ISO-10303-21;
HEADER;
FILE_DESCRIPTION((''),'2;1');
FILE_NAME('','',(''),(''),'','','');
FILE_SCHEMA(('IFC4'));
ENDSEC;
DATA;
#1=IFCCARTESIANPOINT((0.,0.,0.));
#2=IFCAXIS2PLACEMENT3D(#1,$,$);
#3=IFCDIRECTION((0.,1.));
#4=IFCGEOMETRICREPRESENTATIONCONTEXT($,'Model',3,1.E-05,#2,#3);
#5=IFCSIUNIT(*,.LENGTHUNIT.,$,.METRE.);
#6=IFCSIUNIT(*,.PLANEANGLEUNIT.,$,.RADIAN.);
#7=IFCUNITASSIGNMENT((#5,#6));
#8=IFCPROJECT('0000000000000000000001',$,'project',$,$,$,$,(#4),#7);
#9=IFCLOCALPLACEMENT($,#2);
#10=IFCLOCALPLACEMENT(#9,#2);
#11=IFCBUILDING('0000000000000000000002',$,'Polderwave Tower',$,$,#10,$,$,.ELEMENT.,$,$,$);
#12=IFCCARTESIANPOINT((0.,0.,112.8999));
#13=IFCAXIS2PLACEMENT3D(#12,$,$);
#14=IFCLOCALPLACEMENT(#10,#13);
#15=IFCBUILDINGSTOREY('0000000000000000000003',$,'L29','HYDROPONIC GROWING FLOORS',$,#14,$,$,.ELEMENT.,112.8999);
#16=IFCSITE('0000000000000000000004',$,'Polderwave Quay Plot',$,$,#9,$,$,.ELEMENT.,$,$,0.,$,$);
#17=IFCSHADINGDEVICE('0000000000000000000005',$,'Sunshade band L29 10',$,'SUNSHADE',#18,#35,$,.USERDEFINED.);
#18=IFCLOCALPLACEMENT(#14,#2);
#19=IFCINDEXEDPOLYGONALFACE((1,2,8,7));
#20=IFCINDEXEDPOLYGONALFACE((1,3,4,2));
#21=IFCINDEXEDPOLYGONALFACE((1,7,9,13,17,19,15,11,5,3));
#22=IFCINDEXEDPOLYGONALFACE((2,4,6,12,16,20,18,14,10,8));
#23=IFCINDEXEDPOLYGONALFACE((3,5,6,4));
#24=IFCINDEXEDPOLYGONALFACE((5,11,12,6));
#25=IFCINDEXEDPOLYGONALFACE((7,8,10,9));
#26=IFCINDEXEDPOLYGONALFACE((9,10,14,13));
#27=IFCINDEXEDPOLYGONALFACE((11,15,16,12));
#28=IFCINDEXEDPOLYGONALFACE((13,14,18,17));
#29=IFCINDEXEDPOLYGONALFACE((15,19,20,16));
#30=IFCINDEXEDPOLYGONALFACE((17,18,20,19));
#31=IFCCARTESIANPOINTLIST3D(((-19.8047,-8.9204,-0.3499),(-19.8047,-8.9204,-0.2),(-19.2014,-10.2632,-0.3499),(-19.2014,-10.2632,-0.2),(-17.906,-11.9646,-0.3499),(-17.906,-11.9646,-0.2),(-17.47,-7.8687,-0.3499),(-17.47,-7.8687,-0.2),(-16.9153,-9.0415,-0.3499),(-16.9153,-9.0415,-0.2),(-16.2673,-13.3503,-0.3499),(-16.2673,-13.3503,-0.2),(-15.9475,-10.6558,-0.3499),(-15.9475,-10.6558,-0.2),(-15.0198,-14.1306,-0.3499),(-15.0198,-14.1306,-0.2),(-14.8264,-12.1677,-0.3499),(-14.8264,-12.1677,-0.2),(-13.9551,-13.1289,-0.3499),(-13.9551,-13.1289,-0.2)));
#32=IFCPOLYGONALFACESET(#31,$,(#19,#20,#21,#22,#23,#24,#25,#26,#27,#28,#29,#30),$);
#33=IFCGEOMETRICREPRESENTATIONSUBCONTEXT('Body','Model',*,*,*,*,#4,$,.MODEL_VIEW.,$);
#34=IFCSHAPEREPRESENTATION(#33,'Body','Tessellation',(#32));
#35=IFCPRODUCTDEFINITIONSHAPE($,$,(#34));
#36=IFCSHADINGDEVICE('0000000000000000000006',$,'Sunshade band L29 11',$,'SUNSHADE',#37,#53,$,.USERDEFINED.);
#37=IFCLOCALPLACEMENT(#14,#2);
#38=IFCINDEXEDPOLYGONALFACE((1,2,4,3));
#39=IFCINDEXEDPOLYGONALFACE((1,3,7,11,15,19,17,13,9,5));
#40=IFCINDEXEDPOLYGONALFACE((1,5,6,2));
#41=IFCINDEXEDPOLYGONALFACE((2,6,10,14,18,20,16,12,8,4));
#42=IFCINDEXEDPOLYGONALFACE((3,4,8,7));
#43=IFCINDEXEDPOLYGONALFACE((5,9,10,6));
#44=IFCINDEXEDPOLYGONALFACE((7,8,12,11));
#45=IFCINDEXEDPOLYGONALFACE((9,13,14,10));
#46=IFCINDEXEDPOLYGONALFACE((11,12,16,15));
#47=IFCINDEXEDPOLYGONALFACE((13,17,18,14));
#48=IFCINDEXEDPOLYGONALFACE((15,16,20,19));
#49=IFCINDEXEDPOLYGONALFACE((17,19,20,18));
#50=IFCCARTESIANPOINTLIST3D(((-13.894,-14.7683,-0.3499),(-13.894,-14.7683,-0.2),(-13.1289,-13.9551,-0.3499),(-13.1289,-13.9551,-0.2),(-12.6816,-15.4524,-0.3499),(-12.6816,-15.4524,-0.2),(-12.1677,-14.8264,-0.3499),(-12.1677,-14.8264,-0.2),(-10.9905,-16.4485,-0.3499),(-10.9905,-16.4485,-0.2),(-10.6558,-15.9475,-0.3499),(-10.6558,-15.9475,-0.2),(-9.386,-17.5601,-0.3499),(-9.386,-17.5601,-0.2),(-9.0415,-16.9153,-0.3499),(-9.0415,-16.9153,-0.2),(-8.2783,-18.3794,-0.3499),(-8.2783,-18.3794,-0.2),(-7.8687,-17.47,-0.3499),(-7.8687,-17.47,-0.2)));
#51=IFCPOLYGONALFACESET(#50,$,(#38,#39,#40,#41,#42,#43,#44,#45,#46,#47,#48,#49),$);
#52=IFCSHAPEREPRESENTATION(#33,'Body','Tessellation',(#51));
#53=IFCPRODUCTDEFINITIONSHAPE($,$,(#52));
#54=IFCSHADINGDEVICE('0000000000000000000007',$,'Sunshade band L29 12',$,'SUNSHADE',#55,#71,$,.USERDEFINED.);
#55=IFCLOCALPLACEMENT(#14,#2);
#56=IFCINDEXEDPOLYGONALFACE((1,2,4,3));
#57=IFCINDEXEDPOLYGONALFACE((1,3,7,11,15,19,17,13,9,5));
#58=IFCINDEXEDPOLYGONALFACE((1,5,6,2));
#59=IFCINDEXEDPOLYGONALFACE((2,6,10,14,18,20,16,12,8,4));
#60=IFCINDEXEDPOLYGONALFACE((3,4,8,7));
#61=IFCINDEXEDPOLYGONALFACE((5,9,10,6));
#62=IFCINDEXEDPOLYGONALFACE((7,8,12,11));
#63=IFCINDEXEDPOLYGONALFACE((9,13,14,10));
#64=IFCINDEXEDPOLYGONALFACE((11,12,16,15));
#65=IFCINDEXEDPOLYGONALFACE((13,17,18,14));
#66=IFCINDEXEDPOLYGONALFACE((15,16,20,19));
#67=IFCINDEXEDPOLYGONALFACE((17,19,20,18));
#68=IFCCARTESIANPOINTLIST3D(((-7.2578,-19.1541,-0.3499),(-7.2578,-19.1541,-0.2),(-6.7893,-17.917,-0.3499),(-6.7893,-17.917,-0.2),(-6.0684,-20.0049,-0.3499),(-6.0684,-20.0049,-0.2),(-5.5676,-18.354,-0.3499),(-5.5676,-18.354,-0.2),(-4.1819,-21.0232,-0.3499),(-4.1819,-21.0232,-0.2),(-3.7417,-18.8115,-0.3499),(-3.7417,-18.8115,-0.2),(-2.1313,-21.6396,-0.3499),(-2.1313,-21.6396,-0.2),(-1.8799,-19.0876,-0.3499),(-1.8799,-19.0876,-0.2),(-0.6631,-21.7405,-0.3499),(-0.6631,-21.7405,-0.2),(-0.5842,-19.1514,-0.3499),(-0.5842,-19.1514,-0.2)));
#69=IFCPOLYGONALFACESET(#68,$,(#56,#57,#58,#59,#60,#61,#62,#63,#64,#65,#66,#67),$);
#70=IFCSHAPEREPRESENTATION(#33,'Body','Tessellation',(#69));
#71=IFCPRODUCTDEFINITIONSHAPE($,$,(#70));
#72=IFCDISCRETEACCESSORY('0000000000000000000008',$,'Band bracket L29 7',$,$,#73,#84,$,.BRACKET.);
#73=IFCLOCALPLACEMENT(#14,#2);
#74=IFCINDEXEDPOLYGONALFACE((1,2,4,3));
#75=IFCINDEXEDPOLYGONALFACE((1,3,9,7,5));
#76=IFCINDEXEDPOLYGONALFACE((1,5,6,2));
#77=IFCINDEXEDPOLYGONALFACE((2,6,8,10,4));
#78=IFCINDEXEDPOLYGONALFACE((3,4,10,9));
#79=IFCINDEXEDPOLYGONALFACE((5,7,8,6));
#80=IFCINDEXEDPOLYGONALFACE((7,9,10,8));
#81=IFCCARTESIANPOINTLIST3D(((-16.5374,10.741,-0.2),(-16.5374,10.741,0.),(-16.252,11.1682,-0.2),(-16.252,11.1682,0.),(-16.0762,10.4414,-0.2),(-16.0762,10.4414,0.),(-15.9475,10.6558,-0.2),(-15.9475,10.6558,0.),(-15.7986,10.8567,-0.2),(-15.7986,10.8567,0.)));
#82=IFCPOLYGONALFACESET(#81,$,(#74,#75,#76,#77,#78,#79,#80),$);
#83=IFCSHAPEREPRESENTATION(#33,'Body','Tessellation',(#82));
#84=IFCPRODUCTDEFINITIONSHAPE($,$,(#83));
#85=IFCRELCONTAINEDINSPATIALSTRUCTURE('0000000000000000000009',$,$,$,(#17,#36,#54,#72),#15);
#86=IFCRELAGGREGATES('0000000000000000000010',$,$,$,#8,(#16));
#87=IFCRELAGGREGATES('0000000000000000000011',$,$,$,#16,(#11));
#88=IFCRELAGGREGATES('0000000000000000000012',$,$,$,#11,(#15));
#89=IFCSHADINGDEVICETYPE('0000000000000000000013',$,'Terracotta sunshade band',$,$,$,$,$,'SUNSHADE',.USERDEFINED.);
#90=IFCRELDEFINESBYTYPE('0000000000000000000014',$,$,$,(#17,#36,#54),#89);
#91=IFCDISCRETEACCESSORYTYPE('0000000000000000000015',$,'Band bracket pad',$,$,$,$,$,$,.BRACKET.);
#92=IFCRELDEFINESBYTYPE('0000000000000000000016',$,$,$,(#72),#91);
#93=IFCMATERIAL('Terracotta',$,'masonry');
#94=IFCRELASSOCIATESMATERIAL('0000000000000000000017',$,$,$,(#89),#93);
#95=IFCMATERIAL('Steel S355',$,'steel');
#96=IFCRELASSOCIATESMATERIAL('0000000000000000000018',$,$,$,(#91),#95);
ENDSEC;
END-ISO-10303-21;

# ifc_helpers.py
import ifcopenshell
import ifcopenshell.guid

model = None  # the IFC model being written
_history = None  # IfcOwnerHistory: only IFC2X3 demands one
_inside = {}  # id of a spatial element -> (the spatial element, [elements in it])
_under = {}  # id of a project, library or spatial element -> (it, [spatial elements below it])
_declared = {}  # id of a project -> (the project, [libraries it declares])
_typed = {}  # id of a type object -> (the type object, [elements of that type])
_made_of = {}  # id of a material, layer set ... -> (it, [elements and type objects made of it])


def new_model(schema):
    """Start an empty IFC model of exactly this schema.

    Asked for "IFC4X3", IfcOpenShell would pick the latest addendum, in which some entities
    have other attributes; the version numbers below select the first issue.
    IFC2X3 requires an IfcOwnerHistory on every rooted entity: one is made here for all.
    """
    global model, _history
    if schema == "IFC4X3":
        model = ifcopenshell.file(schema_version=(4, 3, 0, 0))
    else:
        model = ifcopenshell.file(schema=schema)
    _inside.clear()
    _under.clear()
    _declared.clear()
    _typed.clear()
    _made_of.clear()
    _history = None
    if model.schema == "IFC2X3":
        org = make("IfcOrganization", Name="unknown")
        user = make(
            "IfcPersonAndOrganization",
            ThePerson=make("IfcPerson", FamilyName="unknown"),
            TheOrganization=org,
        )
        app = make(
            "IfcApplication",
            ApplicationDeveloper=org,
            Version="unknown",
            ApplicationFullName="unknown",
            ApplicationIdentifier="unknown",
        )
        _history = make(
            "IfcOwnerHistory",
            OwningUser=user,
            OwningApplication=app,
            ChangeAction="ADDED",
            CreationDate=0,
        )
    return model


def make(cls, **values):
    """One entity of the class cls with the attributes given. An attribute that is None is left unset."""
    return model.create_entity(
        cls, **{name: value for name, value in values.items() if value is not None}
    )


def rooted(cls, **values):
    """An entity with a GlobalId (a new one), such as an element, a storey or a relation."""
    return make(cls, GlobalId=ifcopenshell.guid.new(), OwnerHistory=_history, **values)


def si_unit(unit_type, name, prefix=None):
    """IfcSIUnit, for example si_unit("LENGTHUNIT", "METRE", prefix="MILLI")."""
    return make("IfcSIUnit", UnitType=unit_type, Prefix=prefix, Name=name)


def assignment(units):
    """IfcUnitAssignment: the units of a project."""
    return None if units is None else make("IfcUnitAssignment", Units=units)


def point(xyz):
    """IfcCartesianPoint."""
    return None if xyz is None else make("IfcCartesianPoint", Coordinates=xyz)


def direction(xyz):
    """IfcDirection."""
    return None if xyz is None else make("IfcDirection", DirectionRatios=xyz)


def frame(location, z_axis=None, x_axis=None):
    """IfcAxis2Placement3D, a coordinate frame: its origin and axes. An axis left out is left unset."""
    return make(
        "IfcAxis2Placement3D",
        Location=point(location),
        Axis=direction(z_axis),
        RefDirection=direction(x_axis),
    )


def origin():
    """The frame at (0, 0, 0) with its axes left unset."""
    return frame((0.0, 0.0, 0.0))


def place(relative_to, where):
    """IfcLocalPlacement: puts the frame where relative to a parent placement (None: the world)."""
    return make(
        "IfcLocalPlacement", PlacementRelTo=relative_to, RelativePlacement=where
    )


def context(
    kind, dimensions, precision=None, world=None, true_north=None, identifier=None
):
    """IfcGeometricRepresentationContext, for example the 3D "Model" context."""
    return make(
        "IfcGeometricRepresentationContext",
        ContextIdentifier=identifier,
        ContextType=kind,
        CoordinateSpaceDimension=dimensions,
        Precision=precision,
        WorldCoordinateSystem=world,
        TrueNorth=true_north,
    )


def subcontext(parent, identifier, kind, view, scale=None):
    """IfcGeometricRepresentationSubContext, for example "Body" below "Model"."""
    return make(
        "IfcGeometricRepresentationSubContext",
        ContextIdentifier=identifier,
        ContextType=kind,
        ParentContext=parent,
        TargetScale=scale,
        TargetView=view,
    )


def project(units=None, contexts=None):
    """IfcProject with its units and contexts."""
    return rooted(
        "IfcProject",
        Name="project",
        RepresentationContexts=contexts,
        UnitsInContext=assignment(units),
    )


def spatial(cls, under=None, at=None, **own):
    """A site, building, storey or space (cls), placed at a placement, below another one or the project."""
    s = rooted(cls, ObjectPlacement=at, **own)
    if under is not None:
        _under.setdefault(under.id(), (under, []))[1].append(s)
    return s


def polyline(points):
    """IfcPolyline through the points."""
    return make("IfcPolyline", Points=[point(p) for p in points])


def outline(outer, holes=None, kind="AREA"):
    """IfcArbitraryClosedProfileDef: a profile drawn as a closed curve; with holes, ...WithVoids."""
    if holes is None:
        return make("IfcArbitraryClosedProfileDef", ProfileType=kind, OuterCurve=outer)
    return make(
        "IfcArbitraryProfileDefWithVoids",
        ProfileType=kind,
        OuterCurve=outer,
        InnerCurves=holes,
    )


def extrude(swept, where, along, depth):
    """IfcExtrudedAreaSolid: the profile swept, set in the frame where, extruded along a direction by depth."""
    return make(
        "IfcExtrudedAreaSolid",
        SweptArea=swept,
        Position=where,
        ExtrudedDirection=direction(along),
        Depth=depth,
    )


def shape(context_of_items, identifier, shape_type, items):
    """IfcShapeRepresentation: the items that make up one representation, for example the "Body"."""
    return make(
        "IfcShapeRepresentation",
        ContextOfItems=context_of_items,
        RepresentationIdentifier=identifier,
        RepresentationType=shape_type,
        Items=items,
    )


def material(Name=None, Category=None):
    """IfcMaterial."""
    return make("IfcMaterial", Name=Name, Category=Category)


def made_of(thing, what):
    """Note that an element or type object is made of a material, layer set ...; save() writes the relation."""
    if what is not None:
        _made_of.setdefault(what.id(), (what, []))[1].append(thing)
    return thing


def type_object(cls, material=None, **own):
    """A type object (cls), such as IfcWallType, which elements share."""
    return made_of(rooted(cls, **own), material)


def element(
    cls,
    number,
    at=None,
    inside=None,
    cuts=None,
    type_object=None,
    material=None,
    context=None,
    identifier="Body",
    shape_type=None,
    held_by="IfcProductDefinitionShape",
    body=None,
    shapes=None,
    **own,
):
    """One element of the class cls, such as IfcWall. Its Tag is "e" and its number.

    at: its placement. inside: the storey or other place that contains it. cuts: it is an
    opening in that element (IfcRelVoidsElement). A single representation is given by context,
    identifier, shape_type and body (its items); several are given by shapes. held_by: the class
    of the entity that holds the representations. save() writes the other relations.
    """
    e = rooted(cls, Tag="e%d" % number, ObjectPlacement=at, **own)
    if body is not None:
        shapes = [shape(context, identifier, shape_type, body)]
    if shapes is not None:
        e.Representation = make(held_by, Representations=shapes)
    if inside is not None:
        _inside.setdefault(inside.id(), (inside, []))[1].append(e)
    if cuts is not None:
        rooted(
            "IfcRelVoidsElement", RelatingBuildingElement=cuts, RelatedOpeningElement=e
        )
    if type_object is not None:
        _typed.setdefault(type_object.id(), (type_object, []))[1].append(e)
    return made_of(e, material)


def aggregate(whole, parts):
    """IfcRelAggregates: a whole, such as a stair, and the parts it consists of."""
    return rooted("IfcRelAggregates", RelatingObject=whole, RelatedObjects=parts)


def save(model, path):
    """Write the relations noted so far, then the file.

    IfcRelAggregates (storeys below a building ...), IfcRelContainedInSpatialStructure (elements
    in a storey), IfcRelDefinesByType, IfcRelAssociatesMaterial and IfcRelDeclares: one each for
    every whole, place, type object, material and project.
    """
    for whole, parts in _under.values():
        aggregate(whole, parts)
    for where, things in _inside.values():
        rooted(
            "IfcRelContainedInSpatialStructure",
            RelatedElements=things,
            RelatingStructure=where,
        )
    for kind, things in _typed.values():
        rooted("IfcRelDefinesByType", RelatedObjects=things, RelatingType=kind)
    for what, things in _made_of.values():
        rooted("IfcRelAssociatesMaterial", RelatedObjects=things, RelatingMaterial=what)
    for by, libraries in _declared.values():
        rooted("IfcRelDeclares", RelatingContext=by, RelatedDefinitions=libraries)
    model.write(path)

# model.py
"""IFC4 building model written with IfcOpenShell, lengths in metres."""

from ifc_helpers import new_model, si_unit, direction, frame, origin, place, context, subcontext, project, spatial, polyline, outline, extrude, material, type_object, element, save


model = new_model("IFC4")

# Units and contexts
model_context = context("Model", 3, precision=1e-05, world=origin(), true_north=direction((0.0, 1.0)))
body_context = subcontext(model_context, "Body", "Model", "MODEL_VIEW")
ifc_project = project(units=[si_unit("LENGTHUNIT", "METRE"), si_unit("PLANEANGLEUNIT", "RADIAN")], contexts=[model_context])

# Site, building, storey
site_placement = place(None, origin())
site = spatial("IfcSite", under=ifc_project, at=site_placement, Name="Polderwave Quay Plot", CompositionType="ELEMENT", RefElevation=0.0)
building_placement = place(site_placement, origin())
building = spatial("IfcBuilding", under=site, at=building_placement, Name="Polderwave Tower", CompositionType="ELEMENT")
storey_placement = place(building_placement, frame((0.0, 0.0, 112.8999)))
storey = spatial("IfcBuildingStorey", under=building, at=storey_placement, Name="L29", Description="HYDROPONIC GROWING FLOORS", CompositionType="ELEMENT", Elevation=112.8999)

# Shading devices
ifc_material_1 = material(Name="Terracotta", Category="masonry")
shading_device_type = type_object("IfcShadingDeviceType", Name="Terracotta sunshade band", ElementType="SUNSHADE", PredefinedType="USERDEFINED", material=ifc_material_1)
shading_device_1_placement = place(storey_placement, frame((0.0, 0.0, -0.3499)))
element("IfcShadingDevice", 1, at=shading_device_1_placement, inside=storey, type_object=shading_device_type, Name="Sunshade band L29 10", ObjectType="SUNSHADE", PredefinedType="USERDEFINED", context=body_context, shape_type="SweptSolid", body=[
    extrude(outline(polyline([(-17.47, -7.8687), (-16.9153, -9.0415), (-15.9475, -10.6558), (-14.8264, -12.1677), (-13.9551, -13.1289), (-15.0198, -14.1306), (-16.2673, -13.3503), (-17.906, -11.9646), (-19.2014, -10.2632), (-19.8047, -8.9204), (-17.47, -7.8687)])), origin(), (0.0, 0.0, 1.0), 0.1499),
])
shading_device_2_placement = place(storey_placement, frame((0.0, 0.0, -0.3499)))
element("IfcShadingDevice", 2, at=shading_device_2_placement, inside=storey, type_object=shading_device_type, Name="Sunshade band L29 11", ObjectType="SUNSHADE", PredefinedType="USERDEFINED", context=body_context, shape_type="SweptSolid", body=[
    extrude(outline(polyline([(-13.1289, -13.9551), (-12.1677, -14.8264), (-10.6558, -15.9475), (-9.0415, -16.9153), (-7.8687, -17.47), (-8.2783, -18.3794), (-9.386, -17.5601), (-10.9905, -16.4485), (-12.6816, -15.4524), (-13.894, -14.7683), (-13.1289, -13.9551)])), origin(), (0.0, 0.0, 1.0), 0.1499),
])
shading_device_3_placement = place(storey_placement, frame((0.0, 0.0, -0.3499)))
element("IfcShadingDevice", 3, at=shading_device_3_placement, inside=storey, type_object=shading_device_type, Name="Sunshade band L29 12", ObjectType="SUNSHADE", PredefinedType="USERDEFINED", context=body_context, shape_type="SweptSolid", body=[
    extrude(outline(polyline([(-6.7893, -17.917), (-5.5676, -18.354), (-3.7417, -18.8115), (-1.8799, -19.0876), (-0.5842, -19.1514), (-0.6631, -21.7405), (-2.1313, -21.6396), (-4.1819, -21.0232), (-6.0684, -20.0049), (-7.2578, -19.1541), (-6.7893, -17.917)])), origin(), (0.0, 0.0, 1.0), 0.1499),
])

# Discrete accessory
ifc_material_2 = material(Name="Steel S355", Category="steel")
discrete_accessory_type = type_object("IfcDiscreteAccessoryType", Name="Band bracket pad", PredefinedType="BRACKET", material=ifc_material_2)
discrete_accessory_placement = place(storey_placement, frame((0.0, 0.0, -0.2)))
element("IfcDiscreteAccessory", 4, at=discrete_accessory_placement, inside=storey, type_object=discrete_accessory_type, Name="Band bracket L29 7", PredefinedType="BRACKET", context=body_context, shape_type="SweptSolid", body=[
    extrude(outline(polyline([(-15.7986, 10.8567), (-15.9475, 10.6558), (-16.0762, 10.4414), (-16.5374, 10.741), (-16.252, 11.1682), (-15.7986, 10.8567)])), origin(), (0.0, 0.0, 1.0), 0.2),
])

save(model, "model.ifc")
